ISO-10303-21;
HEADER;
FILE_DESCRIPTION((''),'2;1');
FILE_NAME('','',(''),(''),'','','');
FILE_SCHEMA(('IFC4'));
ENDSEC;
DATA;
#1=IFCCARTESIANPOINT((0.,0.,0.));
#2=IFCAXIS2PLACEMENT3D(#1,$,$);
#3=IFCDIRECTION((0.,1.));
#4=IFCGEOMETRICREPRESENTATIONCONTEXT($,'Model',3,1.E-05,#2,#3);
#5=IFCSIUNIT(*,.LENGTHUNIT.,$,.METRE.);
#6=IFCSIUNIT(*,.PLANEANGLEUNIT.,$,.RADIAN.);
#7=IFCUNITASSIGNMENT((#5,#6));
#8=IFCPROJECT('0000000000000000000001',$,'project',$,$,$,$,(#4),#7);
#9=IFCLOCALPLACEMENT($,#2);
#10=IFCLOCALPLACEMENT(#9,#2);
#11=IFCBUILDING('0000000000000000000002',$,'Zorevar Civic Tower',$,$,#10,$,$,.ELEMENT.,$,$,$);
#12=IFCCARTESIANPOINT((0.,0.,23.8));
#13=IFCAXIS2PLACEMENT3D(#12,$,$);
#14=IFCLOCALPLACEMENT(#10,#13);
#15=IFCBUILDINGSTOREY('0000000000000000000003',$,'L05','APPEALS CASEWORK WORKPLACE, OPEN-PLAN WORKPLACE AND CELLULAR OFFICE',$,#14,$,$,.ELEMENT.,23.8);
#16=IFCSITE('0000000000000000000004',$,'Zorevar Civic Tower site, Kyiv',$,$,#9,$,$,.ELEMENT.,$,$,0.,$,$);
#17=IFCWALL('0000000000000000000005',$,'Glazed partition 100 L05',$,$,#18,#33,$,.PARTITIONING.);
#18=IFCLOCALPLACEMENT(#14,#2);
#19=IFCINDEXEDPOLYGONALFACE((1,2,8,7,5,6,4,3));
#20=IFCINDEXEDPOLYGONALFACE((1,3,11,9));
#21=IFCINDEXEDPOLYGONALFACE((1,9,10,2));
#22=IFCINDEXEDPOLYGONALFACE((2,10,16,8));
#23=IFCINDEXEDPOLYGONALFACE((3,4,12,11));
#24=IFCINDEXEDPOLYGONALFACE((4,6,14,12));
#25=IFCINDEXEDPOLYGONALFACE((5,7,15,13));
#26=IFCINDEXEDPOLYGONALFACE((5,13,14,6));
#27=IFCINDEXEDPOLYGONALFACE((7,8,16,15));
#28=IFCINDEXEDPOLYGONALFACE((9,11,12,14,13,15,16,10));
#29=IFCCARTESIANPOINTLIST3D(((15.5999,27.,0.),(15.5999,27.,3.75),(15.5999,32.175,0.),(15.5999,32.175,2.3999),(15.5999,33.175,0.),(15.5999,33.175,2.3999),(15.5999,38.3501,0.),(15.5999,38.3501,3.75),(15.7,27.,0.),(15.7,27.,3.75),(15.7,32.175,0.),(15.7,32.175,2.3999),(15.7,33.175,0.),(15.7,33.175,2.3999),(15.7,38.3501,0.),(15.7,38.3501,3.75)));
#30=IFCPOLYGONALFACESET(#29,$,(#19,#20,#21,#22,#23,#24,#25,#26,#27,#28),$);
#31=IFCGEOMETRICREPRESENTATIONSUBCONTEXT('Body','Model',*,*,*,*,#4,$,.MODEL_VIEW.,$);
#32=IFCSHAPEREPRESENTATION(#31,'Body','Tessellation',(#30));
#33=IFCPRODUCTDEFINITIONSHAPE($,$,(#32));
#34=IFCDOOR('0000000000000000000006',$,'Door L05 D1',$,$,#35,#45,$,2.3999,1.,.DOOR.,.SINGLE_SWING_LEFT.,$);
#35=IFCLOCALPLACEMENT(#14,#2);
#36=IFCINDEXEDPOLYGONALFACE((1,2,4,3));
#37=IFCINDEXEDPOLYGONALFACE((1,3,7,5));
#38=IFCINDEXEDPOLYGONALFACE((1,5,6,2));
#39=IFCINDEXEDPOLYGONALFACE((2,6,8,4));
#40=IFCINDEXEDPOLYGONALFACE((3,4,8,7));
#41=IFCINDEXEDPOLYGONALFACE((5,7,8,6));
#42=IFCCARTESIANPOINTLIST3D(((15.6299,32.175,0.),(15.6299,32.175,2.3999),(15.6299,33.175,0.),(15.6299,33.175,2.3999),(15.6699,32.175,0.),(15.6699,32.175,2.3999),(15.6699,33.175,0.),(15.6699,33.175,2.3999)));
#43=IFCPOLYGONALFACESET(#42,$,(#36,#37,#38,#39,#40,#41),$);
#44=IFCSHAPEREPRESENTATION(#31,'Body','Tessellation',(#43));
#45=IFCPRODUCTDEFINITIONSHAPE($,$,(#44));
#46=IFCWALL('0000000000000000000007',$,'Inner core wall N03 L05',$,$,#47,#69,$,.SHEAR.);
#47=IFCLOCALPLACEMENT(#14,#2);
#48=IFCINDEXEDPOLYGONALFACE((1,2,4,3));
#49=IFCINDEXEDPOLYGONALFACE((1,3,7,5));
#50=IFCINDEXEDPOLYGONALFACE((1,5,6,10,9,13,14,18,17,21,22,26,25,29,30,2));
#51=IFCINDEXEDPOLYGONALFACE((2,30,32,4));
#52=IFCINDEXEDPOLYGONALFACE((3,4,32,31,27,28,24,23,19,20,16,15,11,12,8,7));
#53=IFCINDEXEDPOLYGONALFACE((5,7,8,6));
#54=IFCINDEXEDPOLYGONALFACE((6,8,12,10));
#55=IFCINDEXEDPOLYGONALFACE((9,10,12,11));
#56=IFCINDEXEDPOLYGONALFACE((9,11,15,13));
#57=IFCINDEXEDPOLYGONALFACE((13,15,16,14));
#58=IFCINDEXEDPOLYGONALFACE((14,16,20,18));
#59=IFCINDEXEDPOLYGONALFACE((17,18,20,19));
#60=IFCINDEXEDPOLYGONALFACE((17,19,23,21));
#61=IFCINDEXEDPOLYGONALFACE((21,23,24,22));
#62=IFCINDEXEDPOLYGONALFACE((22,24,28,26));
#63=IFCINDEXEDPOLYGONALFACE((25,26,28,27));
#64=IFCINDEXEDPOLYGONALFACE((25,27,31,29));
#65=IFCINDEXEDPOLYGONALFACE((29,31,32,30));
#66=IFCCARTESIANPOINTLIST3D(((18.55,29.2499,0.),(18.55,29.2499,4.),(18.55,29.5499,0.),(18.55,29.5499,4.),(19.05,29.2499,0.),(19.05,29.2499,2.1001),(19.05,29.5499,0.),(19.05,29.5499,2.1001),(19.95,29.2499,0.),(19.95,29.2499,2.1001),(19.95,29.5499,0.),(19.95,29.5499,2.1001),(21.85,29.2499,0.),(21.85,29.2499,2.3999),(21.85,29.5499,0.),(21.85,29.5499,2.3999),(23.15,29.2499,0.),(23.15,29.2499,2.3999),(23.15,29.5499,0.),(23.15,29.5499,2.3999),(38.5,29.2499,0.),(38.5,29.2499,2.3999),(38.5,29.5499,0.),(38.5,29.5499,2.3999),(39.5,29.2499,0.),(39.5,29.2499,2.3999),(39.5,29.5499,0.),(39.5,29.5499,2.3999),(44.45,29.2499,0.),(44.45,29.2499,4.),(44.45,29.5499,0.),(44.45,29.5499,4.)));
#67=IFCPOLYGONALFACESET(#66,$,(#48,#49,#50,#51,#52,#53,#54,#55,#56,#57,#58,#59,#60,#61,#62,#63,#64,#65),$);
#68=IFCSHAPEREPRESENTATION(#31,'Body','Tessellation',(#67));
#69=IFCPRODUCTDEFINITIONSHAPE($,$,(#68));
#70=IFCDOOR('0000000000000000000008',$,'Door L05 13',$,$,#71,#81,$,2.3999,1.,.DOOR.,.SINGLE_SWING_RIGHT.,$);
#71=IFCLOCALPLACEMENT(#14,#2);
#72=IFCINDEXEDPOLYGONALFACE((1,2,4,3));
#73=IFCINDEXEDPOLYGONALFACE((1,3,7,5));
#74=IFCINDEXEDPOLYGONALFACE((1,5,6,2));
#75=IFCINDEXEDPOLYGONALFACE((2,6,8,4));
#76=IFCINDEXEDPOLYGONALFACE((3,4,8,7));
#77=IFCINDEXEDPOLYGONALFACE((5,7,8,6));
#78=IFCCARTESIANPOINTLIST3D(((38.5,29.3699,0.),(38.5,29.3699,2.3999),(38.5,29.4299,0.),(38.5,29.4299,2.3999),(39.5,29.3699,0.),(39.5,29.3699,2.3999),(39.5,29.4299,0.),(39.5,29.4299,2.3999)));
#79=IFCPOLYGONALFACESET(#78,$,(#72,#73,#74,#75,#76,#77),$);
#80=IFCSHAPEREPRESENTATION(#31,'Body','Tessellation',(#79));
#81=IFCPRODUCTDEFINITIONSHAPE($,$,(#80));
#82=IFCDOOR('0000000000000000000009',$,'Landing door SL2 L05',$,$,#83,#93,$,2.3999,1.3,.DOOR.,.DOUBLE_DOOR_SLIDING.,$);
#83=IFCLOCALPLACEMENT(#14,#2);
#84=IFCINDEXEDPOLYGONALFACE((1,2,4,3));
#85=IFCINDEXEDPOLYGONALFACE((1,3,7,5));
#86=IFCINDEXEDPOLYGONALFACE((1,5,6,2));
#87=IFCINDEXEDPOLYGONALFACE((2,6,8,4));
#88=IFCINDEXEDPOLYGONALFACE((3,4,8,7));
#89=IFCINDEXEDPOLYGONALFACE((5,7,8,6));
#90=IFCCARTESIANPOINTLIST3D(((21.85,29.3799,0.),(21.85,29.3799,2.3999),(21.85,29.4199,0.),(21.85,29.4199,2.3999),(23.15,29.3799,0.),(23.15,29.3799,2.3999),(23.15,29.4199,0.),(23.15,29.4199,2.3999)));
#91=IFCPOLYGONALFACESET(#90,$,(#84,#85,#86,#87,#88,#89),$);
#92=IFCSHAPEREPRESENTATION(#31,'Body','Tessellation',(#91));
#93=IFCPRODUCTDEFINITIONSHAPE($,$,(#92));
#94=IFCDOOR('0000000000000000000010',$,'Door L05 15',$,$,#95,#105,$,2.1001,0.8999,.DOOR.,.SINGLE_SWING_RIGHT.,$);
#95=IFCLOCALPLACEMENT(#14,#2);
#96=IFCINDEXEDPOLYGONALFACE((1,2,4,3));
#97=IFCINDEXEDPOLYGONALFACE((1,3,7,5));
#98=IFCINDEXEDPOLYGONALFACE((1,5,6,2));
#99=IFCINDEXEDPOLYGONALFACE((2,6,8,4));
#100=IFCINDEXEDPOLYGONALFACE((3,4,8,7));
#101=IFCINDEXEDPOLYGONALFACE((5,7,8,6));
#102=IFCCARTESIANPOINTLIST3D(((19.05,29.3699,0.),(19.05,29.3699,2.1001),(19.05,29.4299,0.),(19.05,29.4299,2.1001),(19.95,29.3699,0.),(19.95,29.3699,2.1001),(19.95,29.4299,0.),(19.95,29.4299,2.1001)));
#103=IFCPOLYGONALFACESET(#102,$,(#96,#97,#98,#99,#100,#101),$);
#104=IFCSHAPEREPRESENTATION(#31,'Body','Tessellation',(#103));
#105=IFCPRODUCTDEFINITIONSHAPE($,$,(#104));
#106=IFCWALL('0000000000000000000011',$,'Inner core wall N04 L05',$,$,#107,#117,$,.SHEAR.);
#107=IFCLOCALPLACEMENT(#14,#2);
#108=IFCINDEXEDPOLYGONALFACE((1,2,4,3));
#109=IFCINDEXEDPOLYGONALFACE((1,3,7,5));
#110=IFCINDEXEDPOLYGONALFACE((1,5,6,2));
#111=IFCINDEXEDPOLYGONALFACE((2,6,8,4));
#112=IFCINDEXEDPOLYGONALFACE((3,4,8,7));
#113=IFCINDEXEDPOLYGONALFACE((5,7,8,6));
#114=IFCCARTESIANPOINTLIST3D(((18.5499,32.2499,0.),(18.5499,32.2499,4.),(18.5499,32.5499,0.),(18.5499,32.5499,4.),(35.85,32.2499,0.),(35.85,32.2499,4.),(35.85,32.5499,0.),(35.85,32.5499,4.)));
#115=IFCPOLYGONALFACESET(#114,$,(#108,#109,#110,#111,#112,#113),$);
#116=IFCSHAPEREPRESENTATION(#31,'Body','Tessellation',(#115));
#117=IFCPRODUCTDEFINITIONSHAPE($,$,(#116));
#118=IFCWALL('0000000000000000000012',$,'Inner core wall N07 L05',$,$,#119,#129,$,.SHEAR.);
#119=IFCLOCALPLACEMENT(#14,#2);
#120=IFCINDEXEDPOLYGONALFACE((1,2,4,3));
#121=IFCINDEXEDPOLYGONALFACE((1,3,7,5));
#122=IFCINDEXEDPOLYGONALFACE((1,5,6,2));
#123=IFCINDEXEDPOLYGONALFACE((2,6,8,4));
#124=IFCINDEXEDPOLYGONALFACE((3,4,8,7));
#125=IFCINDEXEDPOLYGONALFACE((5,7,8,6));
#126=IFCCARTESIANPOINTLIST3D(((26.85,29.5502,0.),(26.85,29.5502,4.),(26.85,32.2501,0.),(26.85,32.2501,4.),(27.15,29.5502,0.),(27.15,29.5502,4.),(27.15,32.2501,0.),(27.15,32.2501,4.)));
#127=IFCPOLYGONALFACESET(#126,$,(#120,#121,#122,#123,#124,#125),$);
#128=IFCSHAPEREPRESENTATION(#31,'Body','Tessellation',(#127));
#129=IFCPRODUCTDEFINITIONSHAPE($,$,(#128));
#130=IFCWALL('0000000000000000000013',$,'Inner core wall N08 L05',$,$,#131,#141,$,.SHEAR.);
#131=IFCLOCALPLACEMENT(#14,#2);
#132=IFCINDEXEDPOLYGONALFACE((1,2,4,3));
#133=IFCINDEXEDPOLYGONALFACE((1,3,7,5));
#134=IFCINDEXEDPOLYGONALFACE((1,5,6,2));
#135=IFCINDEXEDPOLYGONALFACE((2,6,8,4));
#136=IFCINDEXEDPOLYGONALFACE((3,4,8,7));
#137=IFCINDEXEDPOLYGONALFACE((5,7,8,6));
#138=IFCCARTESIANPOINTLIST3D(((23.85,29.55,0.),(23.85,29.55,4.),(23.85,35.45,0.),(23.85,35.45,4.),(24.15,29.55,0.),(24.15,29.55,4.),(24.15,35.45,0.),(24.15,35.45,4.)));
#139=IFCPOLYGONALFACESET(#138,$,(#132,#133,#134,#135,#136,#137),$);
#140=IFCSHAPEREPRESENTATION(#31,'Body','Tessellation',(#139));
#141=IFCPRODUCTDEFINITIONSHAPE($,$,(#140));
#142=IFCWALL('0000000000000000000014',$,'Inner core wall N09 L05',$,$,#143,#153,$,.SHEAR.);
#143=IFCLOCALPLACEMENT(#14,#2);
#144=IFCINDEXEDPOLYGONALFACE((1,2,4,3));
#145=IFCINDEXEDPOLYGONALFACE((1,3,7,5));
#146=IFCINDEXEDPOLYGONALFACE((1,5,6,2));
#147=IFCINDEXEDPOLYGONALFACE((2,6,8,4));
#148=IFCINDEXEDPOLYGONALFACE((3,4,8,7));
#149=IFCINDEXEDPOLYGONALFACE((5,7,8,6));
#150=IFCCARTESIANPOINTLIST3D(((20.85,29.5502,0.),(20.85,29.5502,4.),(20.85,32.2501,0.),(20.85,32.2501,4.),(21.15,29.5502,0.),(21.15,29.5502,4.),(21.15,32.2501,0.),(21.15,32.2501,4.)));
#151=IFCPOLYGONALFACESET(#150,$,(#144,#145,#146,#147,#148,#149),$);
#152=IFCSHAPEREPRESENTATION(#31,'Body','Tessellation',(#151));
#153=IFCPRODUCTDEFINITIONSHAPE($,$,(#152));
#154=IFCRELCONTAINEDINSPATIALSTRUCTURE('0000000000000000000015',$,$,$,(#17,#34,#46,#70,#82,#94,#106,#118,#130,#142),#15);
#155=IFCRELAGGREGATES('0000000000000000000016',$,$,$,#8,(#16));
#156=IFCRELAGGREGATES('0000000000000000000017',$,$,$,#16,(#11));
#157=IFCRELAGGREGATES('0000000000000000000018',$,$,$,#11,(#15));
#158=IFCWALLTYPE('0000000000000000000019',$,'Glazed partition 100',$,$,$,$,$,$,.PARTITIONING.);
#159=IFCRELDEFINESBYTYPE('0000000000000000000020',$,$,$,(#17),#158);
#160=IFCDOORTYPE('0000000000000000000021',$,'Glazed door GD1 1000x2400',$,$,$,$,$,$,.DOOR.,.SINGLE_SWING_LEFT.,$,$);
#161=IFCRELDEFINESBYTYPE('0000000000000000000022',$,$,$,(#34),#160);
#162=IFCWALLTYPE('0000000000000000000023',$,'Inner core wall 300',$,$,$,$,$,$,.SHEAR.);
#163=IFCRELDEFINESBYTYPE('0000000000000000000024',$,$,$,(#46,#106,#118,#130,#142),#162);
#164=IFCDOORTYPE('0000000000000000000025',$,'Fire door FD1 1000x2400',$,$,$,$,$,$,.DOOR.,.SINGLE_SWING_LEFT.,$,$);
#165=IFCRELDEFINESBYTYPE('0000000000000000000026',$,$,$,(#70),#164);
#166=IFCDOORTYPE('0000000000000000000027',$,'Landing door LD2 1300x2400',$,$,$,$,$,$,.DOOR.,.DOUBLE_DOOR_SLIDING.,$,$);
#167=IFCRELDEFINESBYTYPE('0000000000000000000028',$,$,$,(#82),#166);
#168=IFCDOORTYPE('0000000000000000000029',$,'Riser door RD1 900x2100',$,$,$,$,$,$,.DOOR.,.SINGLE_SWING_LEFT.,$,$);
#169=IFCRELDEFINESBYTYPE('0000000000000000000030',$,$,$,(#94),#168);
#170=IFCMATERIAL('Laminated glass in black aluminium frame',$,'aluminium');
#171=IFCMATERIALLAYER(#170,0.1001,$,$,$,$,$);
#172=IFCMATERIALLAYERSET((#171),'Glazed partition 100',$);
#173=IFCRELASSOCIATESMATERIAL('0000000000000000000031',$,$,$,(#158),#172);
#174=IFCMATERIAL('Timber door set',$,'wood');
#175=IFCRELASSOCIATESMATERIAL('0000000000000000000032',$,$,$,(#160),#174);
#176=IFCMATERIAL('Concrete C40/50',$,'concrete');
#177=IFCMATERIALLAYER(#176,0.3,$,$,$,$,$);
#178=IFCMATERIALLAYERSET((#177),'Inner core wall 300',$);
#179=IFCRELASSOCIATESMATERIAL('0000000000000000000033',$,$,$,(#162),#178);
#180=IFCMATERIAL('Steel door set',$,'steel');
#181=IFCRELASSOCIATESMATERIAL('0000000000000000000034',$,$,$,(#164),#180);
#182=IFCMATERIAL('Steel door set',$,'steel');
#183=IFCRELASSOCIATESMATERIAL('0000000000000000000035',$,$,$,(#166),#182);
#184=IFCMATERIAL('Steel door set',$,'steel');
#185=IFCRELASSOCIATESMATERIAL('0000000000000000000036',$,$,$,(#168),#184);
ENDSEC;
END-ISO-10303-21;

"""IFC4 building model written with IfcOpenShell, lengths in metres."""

from ifc_helpers import new_model, si_unit, direction, frame, frame_2d, origin, place, context, subcontext, project, spatial, rectangle, extrude, material, layer, layer_set, type_object, element, fill, save


model = new_model("IFC4")

# Units and contexts
model_context = context("Model", 3, precision=1e-05, world=origin(), true_north=direction((0.0, 1.0)))
body_context = subcontext(model_context, "Body", "Model", "MODEL_VIEW")
ifc_project = project(units=[si_unit("LENGTHUNIT", "METRE"), si_unit("PLANEANGLEUNIT", "RADIAN")], contexts=[model_context])

# Site, building, storey
site_placement = place(None, origin())
site = spatial("IfcSite", under=ifc_project, at=site_placement, Name="Zorevar Civic Tower site, Kyiv", CompositionType="ELEMENT", RefElevation=0.0)
building_placement = place(site_placement, origin())
building = spatial("IfcBuilding", under=site, at=building_placement, Name="Zorevar Civic Tower", CompositionType="ELEMENT")
storey_placement = place(building_placement, frame((0.0, 0.0, 23.8)))
storey = spatial("IfcBuildingStorey", under=building, at=storey_placement, Name="L05", Description="APPEALS CASEWORK WORKPLACE, OPEN-PLAN WORKPLACE AND CELLULAR OFFICE", CompositionType="ELEMENT", Elevation=23.8)

# Wall, opening, door
ifc_material_1 = material(Name="Laminated glass in black aluminium frame", Category="aluminium")
ifc_layer_1 = layer(ifc_material_1, 0.1001)
ifc_layer_set_1 = layer_set([ifc_layer_1], Name="Glazed partition 100")
wall_type_1 = type_object("IfcWallType", Name="Glazed partition 100", PredefinedType="PARTITIONING", material=ifc_layer_set_1)
wall_1_placement = place(storey_placement, frame((15.6499, 27.0, 0.0), z_axis=(0.0, 0.0, 1.0), x_axis=(0.0, 1.0, 0.0)))
wall_1 = element("IfcWall", 1, at=wall_1_placement, inside=storey, type_object=wall_type_1, Name="Glazed partition 100 L05", PredefinedType="PARTITIONING", context=body_context, shape_type="SweptSolid", body=[
    extrude(rectangle(XDim=11.3501, YDim=0.1001, at=frame_2d((5.675, 0.0))), origin(), (0.0, 0.0, 1.0), 3.75),
])
opening_1_placement = place(wall_1_placement, frame((5.175, 0.0, 0.0)))
opening_1 = element("IfcOpeningElement", 2, at=opening_1_placement, cuts=wall_1, PredefinedType="OPENING", context=body_context, shape_type="SweptSolid", body=[
    extrude(rectangle(XDim=1.0, YDim=2.3999, at=frame_2d((0.5, 1.2))), frame((0.0, 0.0601, 0.0), z_axis=(0.0, -1.0, 0.0), x_axis=(1.0, 0.0, 0.0)), (0.0, 0.0, 1.0), 0.1201),
])
ifc_material_2 = material(Name="Timber door set", Category="wood")
door_type_1 = type_object("IfcDoorType", Name="Glazed door GD1 1000x2400", OperationType="SINGLE_SWING_LEFT", PredefinedType="DOOR", material=ifc_material_2)
door_1_placement = place(opening_1_placement, origin())
door_1 = element("IfcDoor", 3, at=door_1_placement, inside=storey, type_object=door_type_1, Name="Door L05 D1", OperationType="SINGLE_SWING_LEFT", OverallHeight=2.3999, OverallWidth=1.0, PredefinedType="DOOR", context=body_context, shape_type="SweptSolid", body=[
    extrude(rectangle(XDim=1.0, YDim=2.3999, at=frame_2d((0.5, 1.2))), frame((0.0, 0.02, 0.0), z_axis=(0.0, -1.0, 0.0), x_axis=(1.0, 0.0, 0.0)), (0.0, 0.0, 1.0), 0.04),
])
fill(opening_1, door_1)

# Wall, openings, doors
ifc_material_3 = material(Name="Concrete C40/50", Category="concrete")
ifc_layer_2 = layer(ifc_material_3, 0.3)
ifc_layer_set_2 = layer_set([ifc_layer_2], Name="Inner core wall 300")
wall_type_2 = type_object("IfcWallType", Name="Inner core wall 300", PredefinedType="SHEAR", material=ifc_layer_set_2)
ifc_material_4 = material(Name="Steel door set", Category="steel")
door_type_2 = type_object("IfcDoorType", Name="Fire door FD1 1000x2400", OperationType="SINGLE_SWING_LEFT", PredefinedType="DOOR", material=ifc_material_4)
ifc_material_5 = material(Name="Steel door set", Category="steel")
door_type_3 = type_object("IfcDoorType", Name="Landing door LD2 1300x2400", OperationType="DOUBLE_DOOR_SLIDING", PredefinedType="DOOR", material=ifc_material_5)
ifc_material_6 = material(Name="Steel door set", Category="steel")
door_type_4 = type_object("IfcDoorType", Name="Riser door RD1 900x2100", OperationType="SINGLE_SWING_LEFT", PredefinedType="DOOR", material=ifc_material_6)
wall_2_placement = place(storey_placement, frame((18.55, 29.3999, 0.0), z_axis=(0.0, 0.0, 1.0), x_axis=(1.0, 0.0, 0.0)))
wall_2 = element("IfcWall", 4, at=wall_2_placement, inside=storey, type_object=wall_type_2, Name="Inner core wall N03 L05", PredefinedType="SHEAR", context=body_context, shape_type="SweptSolid", body=[
    extrude(rectangle(XDim=25.8999, YDim=0.3, at=frame_2d((12.95, 0.0))), origin(), (0.0, 0.0, 1.0), 4.0),
])
opening_2_placement = place(wall_2_placement, frame((19.95, 0.0, 0.0)))
opening_2 = element("IfcOpeningElement", 5, at=opening_2_placement, cuts=wall_2, PredefinedType="OPENING", context=body_context, shape_type="SweptSolid", body=[
    extrude(rectangle(XDim=1.0, YDim=2.3999, at=frame_2d((0.5, 1.2))), frame((0.0, 0.1599, 0.0), z_axis=(0.0, -1.0, 0.0), x_axis=(1.0, 0.0, 0.0)), (0.0, 0.0, 1.0), 0.3201),
])
opening_3_placement = place(wall_2_placement, frame((0.5, 0.0, 0.0)))
opening_3 = element("IfcOpeningElement", 6, at=opening_3_placement, cuts=wall_2, PredefinedType="OPENING", context=body_context, shape_type="SweptSolid", body=[
    extrude(rectangle(XDim=0.8999, YDim=2.1001, at=frame_2d((0.45, 1.05))), frame((0.0, 0.1599, 0.0), z_axis=(0.0, -1.0, 0.0), x_axis=(1.0, 0.0, 0.0)), (0.0, 0.0, 1.0), 0.3201),
])
opening_4_placement = place(wall_2_placement, frame((3.3, 0.0, 0.0)))
opening_4 = element("IfcOpeningElement", 7, at=opening_4_placement, cuts=wall_2, PredefinedType="OPENING", context=body_context, shape_type="SweptSolid", body=[
    extrude(rectangle(XDim=1.3, YDim=2.3999, at=frame_2d((0.6499, 1.2))), frame((0.0, 0.1599, 0.0), z_axis=(0.0, -1.0, 0.0), x_axis=(1.0, 0.0, 0.0)), (0.0, 0.0, 1.0), 0.3201),
])
door_2_placement = place(opening_2_placement, origin())
door_2 = element("IfcDoor", 8, at=door_2_placement, inside=storey, type_object=door_type_2, Name="Door L05 13", OperationType="SINGLE_SWING_RIGHT", OverallHeight=2.3999, OverallWidth=1.0, PredefinedType="DOOR", context=body_context, shape_type="SweptSolid", body=[
    extrude(rectangle(XDim=1.0, YDim=2.3999, at=frame_2d((0.5, 1.2))), frame((0.0, 0.03, 0.0), z_axis=(0.0, -1.0, 0.0), x_axis=(1.0, 0.0, 0.0)), (0.0, 0.0, 1.0), 0.0601),
])
fill(opening_2, door_2)
door_3_placement = place(opening_4_placement, origin())
door_3 = element("IfcDoor", 9, at=door_3_placement, inside=storey, type_object=door_type_3, Name="Landing door SL2 L05", OperationType="DOUBLE_DOOR_SLIDING", OverallHeight=2.3999, OverallWidth=1.3, PredefinedType="DOOR", context=body_context, shape_type="SweptSolid", body=[
    extrude(rectangle(XDim=1.3, YDim=2.3999, at=frame_2d((0.6499, 1.2))), frame((0.0, 0.02, 0.0), z_axis=(0.0, -1.0, 0.0), x_axis=(1.0, 0.0, 0.0)), (0.0, 0.0, 1.0), 0.04),
])
fill(opening_4, door_3)
door_4_placement = place(opening_3_placement, origin())
door_4 = element("IfcDoor", 10, at=door_4_placement, inside=storey, type_object=door_type_4, Name="Door L05 15", OperationType="SINGLE_SWING_RIGHT", OverallHeight=2.1001, OverallWidth=0.8999, PredefinedType="DOOR", context=body_context, shape_type="SweptSolid", body=[
    extrude(rectangle(XDim=0.8999, YDim=2.1001, at=frame_2d((0.45, 1.05))), frame((0.0, 0.03, 0.0), z_axis=(0.0, -1.0, 0.0), x_axis=(1.0, 0.0, 0.0)), (0.0, 0.0, 1.0), 0.0601),
])
fill(opening_3, door_4)

# Walls
wall_3_placement = place(storey_placement, frame((18.55, 32.3999, 0.0), z_axis=(0.0, 0.0, 1.0), x_axis=(1.0, 0.0, 0.0)))
element("IfcWall", 11, at=wall_3_placement, inside=storey, type_object=wall_type_2, Name="Inner core wall N04 L05", PredefinedType="SHEAR", context=body_context, shape_type="SweptSolid", body=[
    extrude(rectangle(XDim=17.3, YDim=0.3, at=frame_2d((8.6499, 0.0))), origin(), (0.0, 0.0, 1.0), 4.0),
])
wall_4_placement = place(storey_placement, frame((27.0, 29.55, 0.0), z_axis=(0.0, 0.0, 1.0), x_axis=(0.0, 1.0, 0.0)))
element("IfcWall", 12, at=wall_4_placement, inside=storey, type_object=wall_type_2, Name="Inner core wall N07 L05", PredefinedType="SHEAR", context=body_context, shape_type="SweptSolid", body=[
    extrude(rectangle(XDim=2.7, YDim=0.3, at=frame_2d((1.3501, 0.0))), origin(), (0.0, 0.0, 1.0), 4.0),
])
wall_5_placement = place(storey_placement, frame((24.0, 29.55, 0.0), z_axis=(0.0, 0.0, 1.0), x_axis=(0.0, 1.0, 0.0)))
element("IfcWall", 13, at=wall_5_placement, inside=storey, type_object=wall_type_2, Name="Inner core wall N08 L05", PredefinedType="SHEAR", context=body_context, shape_type="SweptSolid", body=[
    extrude(rectangle(XDim=5.8999, YDim=0.3, at=frame_2d((2.95, 0.0))), origin(), (0.0, 0.0, 1.0), 4.0),
])
wall_6_placement = place(storey_placement, frame((21.0, 29.55, 0.0), z_axis=(0.0, 0.0, 1.0), x_axis=(0.0, 1.0, 0.0)))
element("IfcWall", 14, at=wall_6_placement, inside=storey, type_object=wall_type_2, Name="Inner core wall N09 L05", PredefinedType="SHEAR", context=body_context, shape_type="SweptSolid", body=[
    extrude(rectangle(XDim=2.7, YDim=0.3, at=frame_2d((1.3501, 0.0))), origin(), (0.0, 0.0, 1.0), 4.0),
])

save(model, "model.ifc")
